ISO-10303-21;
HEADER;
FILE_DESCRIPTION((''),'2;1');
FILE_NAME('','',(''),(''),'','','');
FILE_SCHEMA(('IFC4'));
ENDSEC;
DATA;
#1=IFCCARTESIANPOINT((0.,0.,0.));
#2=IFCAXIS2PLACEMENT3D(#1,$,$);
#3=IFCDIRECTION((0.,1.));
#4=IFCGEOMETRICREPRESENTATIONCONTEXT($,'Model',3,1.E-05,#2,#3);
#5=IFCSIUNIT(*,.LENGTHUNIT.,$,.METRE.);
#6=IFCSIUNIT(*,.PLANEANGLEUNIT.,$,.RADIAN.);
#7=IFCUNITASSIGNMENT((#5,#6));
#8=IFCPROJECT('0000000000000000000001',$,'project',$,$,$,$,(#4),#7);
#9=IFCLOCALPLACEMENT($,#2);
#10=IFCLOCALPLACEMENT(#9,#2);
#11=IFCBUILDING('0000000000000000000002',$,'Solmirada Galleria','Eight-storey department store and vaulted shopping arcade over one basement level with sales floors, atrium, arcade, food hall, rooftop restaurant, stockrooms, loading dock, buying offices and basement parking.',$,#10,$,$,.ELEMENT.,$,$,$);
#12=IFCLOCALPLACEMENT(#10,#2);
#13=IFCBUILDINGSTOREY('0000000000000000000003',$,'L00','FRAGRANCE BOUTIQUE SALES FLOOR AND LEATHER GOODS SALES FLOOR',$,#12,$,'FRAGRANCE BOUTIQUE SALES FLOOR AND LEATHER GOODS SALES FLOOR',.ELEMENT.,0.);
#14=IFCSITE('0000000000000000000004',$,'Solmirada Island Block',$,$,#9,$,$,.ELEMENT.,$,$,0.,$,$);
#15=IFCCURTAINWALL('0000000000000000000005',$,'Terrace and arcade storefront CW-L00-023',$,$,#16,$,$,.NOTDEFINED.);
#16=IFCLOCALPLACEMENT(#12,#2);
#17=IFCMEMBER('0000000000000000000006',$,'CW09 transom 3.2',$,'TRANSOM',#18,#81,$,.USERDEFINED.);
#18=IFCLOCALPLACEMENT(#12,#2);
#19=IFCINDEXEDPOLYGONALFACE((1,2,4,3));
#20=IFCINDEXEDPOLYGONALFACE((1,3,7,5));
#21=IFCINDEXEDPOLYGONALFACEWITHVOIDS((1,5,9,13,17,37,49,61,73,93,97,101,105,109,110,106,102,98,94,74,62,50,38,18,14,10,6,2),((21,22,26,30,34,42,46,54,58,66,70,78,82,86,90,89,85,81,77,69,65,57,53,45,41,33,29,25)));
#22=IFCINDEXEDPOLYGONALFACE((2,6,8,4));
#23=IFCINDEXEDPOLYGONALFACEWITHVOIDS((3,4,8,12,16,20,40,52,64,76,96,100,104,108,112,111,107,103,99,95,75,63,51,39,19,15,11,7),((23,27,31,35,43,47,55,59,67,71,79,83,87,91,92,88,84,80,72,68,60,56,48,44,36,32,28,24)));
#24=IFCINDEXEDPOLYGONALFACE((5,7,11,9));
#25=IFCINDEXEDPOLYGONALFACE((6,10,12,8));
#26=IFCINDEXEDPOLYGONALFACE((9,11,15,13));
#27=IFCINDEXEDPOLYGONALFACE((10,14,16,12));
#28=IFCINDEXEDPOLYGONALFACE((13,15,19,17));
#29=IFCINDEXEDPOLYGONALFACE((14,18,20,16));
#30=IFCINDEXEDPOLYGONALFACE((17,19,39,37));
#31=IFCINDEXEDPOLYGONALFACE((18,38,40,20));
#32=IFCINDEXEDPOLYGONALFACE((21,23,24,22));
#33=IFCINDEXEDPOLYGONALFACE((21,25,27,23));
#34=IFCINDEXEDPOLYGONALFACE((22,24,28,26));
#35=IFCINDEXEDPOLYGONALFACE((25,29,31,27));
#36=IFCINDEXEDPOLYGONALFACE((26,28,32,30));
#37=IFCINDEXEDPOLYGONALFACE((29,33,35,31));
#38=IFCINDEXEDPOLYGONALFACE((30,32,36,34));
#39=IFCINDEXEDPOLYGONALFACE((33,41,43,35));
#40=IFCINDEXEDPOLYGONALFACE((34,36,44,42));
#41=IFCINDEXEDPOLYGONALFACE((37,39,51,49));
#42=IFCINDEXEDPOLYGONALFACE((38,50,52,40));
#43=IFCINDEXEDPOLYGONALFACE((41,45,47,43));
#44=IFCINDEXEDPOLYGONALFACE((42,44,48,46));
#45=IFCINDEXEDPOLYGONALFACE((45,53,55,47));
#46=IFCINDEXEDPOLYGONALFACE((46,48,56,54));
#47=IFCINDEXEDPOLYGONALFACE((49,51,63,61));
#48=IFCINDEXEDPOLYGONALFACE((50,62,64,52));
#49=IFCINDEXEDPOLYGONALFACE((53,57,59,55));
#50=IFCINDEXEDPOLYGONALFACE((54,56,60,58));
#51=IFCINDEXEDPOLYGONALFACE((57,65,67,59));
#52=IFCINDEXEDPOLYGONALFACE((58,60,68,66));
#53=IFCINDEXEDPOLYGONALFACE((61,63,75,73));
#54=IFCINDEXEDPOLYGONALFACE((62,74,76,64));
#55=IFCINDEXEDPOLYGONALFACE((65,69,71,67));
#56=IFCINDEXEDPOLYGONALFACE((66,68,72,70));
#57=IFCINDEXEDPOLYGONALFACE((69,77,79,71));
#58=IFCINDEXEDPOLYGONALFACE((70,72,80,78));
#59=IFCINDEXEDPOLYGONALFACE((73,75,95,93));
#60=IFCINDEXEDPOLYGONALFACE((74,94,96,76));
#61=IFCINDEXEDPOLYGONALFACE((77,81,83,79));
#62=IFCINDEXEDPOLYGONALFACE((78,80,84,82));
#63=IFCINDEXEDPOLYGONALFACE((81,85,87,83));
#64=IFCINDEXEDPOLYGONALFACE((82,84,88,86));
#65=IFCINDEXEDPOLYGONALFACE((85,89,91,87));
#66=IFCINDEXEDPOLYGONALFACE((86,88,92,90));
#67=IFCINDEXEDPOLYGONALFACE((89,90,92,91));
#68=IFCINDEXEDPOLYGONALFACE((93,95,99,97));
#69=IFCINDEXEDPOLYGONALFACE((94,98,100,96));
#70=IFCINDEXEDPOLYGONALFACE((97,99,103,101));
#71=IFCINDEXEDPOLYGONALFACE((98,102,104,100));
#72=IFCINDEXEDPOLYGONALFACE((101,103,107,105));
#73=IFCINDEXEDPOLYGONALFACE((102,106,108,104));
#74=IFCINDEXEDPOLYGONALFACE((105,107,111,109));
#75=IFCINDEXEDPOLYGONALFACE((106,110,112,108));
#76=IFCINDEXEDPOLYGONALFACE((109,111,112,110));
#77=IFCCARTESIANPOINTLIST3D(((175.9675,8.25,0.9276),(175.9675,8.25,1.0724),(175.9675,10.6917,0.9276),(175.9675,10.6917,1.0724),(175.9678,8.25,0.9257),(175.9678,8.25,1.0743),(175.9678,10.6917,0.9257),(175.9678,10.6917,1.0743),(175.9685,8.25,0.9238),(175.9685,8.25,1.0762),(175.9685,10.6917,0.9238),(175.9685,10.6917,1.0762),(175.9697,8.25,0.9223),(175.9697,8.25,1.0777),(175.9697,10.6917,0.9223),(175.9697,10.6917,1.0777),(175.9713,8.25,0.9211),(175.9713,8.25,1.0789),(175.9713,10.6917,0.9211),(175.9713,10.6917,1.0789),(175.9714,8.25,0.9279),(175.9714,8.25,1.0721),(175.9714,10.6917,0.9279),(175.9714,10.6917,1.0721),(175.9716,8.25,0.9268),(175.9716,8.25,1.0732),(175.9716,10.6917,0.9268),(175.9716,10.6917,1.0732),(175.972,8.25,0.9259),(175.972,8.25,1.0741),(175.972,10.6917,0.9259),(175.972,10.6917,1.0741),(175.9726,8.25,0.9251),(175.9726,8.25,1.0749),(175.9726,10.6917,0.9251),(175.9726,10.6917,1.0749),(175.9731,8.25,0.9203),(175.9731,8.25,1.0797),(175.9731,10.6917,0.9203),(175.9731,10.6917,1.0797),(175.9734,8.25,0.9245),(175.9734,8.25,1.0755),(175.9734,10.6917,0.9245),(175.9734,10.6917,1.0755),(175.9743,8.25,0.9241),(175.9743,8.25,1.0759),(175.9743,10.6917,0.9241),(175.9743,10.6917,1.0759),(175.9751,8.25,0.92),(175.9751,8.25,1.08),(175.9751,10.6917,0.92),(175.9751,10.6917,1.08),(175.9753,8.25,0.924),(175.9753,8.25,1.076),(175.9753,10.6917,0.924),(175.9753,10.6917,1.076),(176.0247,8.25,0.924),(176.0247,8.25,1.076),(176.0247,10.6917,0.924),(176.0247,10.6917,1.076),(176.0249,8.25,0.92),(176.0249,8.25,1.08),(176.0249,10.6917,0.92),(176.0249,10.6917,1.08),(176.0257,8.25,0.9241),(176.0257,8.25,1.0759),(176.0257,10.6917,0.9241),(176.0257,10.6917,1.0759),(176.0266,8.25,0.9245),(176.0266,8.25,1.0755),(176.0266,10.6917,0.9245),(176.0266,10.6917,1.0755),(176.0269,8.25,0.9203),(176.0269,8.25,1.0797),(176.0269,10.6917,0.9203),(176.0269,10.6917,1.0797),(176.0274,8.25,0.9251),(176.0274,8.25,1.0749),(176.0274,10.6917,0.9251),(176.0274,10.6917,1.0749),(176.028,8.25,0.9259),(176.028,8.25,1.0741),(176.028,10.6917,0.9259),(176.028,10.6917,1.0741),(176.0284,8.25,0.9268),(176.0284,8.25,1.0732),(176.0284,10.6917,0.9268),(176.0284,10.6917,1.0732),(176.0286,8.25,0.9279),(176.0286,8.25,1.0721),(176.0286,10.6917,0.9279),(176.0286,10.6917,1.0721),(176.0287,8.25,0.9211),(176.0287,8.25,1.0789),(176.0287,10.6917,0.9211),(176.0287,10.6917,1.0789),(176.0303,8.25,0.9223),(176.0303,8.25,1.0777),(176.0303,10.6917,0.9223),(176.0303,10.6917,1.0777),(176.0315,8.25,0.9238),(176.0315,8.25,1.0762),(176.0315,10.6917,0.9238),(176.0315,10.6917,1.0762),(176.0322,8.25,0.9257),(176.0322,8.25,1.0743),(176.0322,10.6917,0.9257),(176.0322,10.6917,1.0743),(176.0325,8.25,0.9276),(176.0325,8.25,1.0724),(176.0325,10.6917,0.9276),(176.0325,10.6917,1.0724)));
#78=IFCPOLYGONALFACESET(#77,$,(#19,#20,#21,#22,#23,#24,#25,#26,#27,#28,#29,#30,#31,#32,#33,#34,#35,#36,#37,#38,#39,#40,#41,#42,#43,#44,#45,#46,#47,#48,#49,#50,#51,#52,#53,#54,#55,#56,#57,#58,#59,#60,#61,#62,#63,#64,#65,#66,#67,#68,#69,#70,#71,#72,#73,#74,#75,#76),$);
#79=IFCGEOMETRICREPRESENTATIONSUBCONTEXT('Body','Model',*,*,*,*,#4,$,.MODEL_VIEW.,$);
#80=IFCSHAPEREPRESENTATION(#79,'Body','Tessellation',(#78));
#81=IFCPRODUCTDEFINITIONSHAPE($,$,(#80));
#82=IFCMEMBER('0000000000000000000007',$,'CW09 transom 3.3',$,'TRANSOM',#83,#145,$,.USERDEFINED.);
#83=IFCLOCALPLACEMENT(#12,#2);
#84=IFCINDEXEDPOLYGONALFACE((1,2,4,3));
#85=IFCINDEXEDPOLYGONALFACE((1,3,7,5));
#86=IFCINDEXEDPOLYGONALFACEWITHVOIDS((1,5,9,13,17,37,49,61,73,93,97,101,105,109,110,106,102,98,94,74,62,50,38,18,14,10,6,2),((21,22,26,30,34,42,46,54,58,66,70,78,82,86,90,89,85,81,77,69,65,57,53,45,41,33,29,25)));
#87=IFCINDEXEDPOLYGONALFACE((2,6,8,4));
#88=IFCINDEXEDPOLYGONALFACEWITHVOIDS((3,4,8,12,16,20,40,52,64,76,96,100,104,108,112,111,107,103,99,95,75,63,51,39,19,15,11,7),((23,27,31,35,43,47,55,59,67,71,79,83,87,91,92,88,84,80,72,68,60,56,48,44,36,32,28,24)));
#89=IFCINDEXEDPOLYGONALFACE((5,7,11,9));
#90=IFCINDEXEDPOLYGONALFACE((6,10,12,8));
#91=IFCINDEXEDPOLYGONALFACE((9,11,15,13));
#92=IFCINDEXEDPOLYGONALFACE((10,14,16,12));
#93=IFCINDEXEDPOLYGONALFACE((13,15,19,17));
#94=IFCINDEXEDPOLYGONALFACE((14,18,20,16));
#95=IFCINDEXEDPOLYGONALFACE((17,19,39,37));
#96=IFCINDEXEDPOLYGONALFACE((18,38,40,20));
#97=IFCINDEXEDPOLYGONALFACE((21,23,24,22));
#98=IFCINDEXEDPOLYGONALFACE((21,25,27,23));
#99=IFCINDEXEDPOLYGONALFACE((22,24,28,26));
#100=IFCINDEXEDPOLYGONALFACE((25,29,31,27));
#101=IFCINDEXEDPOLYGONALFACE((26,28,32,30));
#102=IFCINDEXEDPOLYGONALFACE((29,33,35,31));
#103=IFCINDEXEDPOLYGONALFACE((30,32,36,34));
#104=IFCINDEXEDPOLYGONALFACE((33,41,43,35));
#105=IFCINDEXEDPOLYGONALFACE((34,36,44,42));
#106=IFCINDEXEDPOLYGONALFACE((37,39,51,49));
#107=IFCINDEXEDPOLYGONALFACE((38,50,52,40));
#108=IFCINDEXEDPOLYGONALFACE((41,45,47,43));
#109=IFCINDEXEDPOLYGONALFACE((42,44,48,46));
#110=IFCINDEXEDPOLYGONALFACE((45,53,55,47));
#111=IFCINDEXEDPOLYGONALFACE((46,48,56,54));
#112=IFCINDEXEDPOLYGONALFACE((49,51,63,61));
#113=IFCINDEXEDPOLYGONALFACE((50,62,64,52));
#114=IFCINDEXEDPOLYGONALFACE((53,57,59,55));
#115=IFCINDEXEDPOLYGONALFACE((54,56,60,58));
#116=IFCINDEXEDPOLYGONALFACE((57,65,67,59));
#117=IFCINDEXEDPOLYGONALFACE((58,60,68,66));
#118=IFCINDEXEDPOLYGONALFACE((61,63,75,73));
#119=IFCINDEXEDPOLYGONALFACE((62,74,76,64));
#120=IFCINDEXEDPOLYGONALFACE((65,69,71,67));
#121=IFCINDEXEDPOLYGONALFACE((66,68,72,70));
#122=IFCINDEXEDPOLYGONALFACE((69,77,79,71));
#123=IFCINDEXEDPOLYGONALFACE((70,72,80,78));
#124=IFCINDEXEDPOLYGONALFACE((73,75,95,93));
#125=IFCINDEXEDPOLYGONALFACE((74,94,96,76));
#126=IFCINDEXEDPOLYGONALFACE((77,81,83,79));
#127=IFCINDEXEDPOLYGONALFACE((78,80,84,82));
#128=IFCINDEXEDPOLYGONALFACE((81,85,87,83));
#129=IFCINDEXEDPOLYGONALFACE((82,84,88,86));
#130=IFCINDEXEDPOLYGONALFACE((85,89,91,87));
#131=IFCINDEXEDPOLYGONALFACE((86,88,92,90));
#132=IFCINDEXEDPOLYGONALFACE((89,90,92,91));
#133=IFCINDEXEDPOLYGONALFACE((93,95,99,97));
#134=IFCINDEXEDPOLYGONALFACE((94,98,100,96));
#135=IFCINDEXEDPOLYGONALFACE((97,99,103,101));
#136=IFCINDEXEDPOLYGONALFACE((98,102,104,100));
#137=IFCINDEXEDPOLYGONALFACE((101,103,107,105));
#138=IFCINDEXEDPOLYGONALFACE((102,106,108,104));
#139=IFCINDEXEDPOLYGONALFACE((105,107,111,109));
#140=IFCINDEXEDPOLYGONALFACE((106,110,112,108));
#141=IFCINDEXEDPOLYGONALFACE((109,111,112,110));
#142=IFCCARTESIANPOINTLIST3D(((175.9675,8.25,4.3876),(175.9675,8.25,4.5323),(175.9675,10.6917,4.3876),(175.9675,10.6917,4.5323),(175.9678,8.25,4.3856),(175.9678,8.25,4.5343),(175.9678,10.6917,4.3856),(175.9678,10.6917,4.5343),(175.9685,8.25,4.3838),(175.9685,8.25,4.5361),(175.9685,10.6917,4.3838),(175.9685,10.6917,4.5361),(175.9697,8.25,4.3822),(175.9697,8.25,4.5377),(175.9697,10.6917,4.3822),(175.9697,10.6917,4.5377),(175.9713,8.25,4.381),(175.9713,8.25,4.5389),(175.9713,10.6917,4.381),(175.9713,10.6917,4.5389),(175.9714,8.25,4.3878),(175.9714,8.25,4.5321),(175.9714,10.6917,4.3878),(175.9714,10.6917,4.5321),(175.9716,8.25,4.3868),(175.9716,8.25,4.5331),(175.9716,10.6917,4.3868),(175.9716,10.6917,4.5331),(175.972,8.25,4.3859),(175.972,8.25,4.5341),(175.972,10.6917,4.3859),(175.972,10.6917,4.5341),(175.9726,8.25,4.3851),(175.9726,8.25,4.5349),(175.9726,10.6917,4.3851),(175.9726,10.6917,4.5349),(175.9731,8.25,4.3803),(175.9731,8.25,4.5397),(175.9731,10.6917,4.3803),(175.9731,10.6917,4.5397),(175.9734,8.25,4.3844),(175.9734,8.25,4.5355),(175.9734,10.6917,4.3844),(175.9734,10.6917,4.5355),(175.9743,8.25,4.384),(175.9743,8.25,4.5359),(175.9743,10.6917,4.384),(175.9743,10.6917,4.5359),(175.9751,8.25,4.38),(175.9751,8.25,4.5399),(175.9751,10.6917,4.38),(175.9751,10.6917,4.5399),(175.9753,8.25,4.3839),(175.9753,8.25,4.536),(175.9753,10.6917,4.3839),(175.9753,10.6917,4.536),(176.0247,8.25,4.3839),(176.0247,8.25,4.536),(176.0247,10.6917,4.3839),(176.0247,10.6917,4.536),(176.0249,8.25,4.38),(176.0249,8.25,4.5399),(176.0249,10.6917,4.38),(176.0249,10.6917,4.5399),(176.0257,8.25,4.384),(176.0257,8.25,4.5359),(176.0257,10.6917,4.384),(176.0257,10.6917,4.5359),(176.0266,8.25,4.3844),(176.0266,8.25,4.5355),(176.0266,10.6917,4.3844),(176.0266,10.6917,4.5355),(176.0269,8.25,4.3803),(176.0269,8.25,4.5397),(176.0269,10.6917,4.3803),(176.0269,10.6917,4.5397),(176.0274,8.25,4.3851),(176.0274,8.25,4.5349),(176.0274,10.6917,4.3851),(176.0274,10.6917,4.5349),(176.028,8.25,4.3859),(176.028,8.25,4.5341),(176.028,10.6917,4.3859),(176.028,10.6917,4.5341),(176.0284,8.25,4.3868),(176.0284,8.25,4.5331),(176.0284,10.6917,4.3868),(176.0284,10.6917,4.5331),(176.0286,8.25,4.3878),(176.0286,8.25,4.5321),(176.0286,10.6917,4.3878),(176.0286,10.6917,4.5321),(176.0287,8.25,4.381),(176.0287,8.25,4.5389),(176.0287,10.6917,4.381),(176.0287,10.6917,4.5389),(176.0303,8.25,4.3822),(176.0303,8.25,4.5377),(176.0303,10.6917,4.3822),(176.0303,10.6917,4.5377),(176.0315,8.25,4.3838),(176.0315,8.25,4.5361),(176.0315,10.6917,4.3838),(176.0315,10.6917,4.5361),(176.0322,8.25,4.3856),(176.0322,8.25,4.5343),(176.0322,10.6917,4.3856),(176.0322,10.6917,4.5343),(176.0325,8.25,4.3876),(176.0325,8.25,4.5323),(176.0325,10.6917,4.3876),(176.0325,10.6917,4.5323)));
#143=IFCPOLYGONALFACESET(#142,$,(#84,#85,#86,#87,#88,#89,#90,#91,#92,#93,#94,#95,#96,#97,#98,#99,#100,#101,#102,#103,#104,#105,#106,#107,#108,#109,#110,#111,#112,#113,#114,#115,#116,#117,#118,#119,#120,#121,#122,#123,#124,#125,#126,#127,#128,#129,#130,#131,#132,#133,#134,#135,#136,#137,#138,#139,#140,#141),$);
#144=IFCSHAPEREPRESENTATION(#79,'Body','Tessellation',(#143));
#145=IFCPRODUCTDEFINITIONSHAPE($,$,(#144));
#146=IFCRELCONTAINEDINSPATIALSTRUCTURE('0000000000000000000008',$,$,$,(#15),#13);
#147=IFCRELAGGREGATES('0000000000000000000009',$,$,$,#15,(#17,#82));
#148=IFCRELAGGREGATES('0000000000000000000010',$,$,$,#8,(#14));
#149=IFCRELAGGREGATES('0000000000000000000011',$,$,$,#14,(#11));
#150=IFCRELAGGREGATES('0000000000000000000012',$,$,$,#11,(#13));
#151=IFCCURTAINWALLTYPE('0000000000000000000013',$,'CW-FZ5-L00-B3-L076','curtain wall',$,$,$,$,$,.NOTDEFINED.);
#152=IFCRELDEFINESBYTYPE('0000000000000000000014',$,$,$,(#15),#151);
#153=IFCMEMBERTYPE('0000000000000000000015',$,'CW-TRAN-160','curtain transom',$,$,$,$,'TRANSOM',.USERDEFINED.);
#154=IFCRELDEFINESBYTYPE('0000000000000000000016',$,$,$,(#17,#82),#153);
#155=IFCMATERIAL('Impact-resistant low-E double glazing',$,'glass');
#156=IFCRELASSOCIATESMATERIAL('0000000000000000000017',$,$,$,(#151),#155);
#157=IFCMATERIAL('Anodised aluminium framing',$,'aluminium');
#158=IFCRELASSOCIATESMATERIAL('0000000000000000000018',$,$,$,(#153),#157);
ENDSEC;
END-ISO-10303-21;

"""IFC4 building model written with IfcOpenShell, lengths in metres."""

from ifc_helpers import new_model, si_unit, direction, frame, origin, origin_2d, place, context, subcontext, project, spatial, hollow_rectangle, extrude, material, material_profile, profile_set, type_object, element, aggregate, save


model = new_model("IFC4")

# Units and contexts
model_context = context("Model", 3, precision=1e-05, world=origin(), true_north=direction((0.0, 1.0)))
body_context = subcontext(model_context, "Body", "Model", "MODEL_VIEW")
ifc_project = project(units=[si_unit("LENGTHUNIT", "METRE"), si_unit("PLANEANGLEUNIT", "RADIAN")], contexts=[model_context])

# Site, building, storey
site_placement = place(None, origin())
site = spatial("IfcSite", under=ifc_project, at=site_placement, Name="Solmirada Island Block", CompositionType="ELEMENT", RefElevation=0.0)
building_placement = place(site_placement, origin())
building = spatial("IfcBuilding", under=site, at=building_placement, Name="Solmirada Galleria", Description="Eight-storey department store and vaulted shopping arcade over one basement level with sales floors, atrium, arcade, food hall, rooftop restaurant, stockrooms, loading dock, buying offices and basement parking.", CompositionType="ELEMENT")
storey_placement = place(building_placement, origin())
storey = spatial("IfcBuildingStorey", under=building, at=storey_placement, Name="L00", Description="FRAGRANCE BOUTIQUE SALES FLOOR AND LEATHER GOODS SALES FLOOR", LongName="FRAGRANCE BOUTIQUE SALES FLOOR AND LEATHER GOODS SALES FLOOR", CompositionType="ELEMENT", Elevation=0.0)

# Curtain wall
ifc_material_1 = material(Name="Impact-resistant low-E double glazing", Category="glass")
curtain_wall_type = type_object("IfcCurtainWallType", Name="CW-FZ5-L00-B3-L076", Description="curtain wall", PredefinedType="NOTDEFINED", material=ifc_material_1)
curtain_wall_1_placement = place(storey_placement, origin())
curtain_wall_1 = element("IfcCurtainWall", 1, at=curtain_wall_1_placement, inside=storey, type_object=curtain_wall_type, Name="Terrace and arcade storefront CW-L00-023", PredefinedType="NOTDEFINED")
ifc_material_2 = material(Name="Anodised aluminium framing", Category="aluminium")

# Members
ifc_material_profile_1 = material_profile(ifc_material_2, hollow_rectangle(XDim=0.0649, YDim=0.1599, WallThickness=0.0039, InnerFilletRadius=0.0039, OuterFilletRadius=0.0076, at=origin_2d()), Name="ALU-TRAN-160X65")
ifc_profile_set_1 = profile_set([ifc_material_profile_1], Name="Anodised aluminium framing")
member_type_1 = type_object("IfcMemberType", Name="CW-TRAN-160", Description="curtain transom", ElementType="TRANSOM", PredefinedType="USERDEFINED", material=ifc_profile_set_1)
member_1_placement = place(storey_placement, frame((176.0, 10.6917, 1.0), z_axis=(0.0, -1.0, 0.0), x_axis=(1.0, 0.0, 0.0)))
member_1 = element("IfcMember", 2, at=member_1_placement, type_object=member_type_1, Name="CW09 transom 3.2", ObjectType="TRANSOM", PredefinedType="USERDEFINED", context=body_context, shape_type="SweptSolid", body=[
    extrude(hollow_rectangle(XDim=0.0649, YDim=0.1599, WallThickness=0.0039, InnerFilletRadius=0.0039, OuterFilletRadius=0.0076, at=origin_2d()), origin(), (0.0, 0.0, 1.0), 2.4417),
])
member_2_placement = place(storey_placement, frame((176.0, 10.6917, 4.46), z_axis=(0.0, -1.0, 0.0), x_axis=(1.0, 0.0, 0.0)))
member_2 = element("IfcMember", 3, at=member_2_placement, type_object=member_type_1, Name="CW09 transom 3.3", ObjectType="TRANSOM", PredefinedType="USERDEFINED", context=body_context, shape_type="SweptSolid", body=[
    extrude(hollow_rectangle(XDim=0.0649, YDim=0.1599, WallThickness=0.0039, InnerFilletRadius=0.0039, OuterFilletRadius=0.0076, at=origin_2d()), origin(), (0.0, 0.0, 1.0), 2.4417),
])

aggregate(curtain_wall_1, [member_1, member_2])

save(model, "model.ifc")
